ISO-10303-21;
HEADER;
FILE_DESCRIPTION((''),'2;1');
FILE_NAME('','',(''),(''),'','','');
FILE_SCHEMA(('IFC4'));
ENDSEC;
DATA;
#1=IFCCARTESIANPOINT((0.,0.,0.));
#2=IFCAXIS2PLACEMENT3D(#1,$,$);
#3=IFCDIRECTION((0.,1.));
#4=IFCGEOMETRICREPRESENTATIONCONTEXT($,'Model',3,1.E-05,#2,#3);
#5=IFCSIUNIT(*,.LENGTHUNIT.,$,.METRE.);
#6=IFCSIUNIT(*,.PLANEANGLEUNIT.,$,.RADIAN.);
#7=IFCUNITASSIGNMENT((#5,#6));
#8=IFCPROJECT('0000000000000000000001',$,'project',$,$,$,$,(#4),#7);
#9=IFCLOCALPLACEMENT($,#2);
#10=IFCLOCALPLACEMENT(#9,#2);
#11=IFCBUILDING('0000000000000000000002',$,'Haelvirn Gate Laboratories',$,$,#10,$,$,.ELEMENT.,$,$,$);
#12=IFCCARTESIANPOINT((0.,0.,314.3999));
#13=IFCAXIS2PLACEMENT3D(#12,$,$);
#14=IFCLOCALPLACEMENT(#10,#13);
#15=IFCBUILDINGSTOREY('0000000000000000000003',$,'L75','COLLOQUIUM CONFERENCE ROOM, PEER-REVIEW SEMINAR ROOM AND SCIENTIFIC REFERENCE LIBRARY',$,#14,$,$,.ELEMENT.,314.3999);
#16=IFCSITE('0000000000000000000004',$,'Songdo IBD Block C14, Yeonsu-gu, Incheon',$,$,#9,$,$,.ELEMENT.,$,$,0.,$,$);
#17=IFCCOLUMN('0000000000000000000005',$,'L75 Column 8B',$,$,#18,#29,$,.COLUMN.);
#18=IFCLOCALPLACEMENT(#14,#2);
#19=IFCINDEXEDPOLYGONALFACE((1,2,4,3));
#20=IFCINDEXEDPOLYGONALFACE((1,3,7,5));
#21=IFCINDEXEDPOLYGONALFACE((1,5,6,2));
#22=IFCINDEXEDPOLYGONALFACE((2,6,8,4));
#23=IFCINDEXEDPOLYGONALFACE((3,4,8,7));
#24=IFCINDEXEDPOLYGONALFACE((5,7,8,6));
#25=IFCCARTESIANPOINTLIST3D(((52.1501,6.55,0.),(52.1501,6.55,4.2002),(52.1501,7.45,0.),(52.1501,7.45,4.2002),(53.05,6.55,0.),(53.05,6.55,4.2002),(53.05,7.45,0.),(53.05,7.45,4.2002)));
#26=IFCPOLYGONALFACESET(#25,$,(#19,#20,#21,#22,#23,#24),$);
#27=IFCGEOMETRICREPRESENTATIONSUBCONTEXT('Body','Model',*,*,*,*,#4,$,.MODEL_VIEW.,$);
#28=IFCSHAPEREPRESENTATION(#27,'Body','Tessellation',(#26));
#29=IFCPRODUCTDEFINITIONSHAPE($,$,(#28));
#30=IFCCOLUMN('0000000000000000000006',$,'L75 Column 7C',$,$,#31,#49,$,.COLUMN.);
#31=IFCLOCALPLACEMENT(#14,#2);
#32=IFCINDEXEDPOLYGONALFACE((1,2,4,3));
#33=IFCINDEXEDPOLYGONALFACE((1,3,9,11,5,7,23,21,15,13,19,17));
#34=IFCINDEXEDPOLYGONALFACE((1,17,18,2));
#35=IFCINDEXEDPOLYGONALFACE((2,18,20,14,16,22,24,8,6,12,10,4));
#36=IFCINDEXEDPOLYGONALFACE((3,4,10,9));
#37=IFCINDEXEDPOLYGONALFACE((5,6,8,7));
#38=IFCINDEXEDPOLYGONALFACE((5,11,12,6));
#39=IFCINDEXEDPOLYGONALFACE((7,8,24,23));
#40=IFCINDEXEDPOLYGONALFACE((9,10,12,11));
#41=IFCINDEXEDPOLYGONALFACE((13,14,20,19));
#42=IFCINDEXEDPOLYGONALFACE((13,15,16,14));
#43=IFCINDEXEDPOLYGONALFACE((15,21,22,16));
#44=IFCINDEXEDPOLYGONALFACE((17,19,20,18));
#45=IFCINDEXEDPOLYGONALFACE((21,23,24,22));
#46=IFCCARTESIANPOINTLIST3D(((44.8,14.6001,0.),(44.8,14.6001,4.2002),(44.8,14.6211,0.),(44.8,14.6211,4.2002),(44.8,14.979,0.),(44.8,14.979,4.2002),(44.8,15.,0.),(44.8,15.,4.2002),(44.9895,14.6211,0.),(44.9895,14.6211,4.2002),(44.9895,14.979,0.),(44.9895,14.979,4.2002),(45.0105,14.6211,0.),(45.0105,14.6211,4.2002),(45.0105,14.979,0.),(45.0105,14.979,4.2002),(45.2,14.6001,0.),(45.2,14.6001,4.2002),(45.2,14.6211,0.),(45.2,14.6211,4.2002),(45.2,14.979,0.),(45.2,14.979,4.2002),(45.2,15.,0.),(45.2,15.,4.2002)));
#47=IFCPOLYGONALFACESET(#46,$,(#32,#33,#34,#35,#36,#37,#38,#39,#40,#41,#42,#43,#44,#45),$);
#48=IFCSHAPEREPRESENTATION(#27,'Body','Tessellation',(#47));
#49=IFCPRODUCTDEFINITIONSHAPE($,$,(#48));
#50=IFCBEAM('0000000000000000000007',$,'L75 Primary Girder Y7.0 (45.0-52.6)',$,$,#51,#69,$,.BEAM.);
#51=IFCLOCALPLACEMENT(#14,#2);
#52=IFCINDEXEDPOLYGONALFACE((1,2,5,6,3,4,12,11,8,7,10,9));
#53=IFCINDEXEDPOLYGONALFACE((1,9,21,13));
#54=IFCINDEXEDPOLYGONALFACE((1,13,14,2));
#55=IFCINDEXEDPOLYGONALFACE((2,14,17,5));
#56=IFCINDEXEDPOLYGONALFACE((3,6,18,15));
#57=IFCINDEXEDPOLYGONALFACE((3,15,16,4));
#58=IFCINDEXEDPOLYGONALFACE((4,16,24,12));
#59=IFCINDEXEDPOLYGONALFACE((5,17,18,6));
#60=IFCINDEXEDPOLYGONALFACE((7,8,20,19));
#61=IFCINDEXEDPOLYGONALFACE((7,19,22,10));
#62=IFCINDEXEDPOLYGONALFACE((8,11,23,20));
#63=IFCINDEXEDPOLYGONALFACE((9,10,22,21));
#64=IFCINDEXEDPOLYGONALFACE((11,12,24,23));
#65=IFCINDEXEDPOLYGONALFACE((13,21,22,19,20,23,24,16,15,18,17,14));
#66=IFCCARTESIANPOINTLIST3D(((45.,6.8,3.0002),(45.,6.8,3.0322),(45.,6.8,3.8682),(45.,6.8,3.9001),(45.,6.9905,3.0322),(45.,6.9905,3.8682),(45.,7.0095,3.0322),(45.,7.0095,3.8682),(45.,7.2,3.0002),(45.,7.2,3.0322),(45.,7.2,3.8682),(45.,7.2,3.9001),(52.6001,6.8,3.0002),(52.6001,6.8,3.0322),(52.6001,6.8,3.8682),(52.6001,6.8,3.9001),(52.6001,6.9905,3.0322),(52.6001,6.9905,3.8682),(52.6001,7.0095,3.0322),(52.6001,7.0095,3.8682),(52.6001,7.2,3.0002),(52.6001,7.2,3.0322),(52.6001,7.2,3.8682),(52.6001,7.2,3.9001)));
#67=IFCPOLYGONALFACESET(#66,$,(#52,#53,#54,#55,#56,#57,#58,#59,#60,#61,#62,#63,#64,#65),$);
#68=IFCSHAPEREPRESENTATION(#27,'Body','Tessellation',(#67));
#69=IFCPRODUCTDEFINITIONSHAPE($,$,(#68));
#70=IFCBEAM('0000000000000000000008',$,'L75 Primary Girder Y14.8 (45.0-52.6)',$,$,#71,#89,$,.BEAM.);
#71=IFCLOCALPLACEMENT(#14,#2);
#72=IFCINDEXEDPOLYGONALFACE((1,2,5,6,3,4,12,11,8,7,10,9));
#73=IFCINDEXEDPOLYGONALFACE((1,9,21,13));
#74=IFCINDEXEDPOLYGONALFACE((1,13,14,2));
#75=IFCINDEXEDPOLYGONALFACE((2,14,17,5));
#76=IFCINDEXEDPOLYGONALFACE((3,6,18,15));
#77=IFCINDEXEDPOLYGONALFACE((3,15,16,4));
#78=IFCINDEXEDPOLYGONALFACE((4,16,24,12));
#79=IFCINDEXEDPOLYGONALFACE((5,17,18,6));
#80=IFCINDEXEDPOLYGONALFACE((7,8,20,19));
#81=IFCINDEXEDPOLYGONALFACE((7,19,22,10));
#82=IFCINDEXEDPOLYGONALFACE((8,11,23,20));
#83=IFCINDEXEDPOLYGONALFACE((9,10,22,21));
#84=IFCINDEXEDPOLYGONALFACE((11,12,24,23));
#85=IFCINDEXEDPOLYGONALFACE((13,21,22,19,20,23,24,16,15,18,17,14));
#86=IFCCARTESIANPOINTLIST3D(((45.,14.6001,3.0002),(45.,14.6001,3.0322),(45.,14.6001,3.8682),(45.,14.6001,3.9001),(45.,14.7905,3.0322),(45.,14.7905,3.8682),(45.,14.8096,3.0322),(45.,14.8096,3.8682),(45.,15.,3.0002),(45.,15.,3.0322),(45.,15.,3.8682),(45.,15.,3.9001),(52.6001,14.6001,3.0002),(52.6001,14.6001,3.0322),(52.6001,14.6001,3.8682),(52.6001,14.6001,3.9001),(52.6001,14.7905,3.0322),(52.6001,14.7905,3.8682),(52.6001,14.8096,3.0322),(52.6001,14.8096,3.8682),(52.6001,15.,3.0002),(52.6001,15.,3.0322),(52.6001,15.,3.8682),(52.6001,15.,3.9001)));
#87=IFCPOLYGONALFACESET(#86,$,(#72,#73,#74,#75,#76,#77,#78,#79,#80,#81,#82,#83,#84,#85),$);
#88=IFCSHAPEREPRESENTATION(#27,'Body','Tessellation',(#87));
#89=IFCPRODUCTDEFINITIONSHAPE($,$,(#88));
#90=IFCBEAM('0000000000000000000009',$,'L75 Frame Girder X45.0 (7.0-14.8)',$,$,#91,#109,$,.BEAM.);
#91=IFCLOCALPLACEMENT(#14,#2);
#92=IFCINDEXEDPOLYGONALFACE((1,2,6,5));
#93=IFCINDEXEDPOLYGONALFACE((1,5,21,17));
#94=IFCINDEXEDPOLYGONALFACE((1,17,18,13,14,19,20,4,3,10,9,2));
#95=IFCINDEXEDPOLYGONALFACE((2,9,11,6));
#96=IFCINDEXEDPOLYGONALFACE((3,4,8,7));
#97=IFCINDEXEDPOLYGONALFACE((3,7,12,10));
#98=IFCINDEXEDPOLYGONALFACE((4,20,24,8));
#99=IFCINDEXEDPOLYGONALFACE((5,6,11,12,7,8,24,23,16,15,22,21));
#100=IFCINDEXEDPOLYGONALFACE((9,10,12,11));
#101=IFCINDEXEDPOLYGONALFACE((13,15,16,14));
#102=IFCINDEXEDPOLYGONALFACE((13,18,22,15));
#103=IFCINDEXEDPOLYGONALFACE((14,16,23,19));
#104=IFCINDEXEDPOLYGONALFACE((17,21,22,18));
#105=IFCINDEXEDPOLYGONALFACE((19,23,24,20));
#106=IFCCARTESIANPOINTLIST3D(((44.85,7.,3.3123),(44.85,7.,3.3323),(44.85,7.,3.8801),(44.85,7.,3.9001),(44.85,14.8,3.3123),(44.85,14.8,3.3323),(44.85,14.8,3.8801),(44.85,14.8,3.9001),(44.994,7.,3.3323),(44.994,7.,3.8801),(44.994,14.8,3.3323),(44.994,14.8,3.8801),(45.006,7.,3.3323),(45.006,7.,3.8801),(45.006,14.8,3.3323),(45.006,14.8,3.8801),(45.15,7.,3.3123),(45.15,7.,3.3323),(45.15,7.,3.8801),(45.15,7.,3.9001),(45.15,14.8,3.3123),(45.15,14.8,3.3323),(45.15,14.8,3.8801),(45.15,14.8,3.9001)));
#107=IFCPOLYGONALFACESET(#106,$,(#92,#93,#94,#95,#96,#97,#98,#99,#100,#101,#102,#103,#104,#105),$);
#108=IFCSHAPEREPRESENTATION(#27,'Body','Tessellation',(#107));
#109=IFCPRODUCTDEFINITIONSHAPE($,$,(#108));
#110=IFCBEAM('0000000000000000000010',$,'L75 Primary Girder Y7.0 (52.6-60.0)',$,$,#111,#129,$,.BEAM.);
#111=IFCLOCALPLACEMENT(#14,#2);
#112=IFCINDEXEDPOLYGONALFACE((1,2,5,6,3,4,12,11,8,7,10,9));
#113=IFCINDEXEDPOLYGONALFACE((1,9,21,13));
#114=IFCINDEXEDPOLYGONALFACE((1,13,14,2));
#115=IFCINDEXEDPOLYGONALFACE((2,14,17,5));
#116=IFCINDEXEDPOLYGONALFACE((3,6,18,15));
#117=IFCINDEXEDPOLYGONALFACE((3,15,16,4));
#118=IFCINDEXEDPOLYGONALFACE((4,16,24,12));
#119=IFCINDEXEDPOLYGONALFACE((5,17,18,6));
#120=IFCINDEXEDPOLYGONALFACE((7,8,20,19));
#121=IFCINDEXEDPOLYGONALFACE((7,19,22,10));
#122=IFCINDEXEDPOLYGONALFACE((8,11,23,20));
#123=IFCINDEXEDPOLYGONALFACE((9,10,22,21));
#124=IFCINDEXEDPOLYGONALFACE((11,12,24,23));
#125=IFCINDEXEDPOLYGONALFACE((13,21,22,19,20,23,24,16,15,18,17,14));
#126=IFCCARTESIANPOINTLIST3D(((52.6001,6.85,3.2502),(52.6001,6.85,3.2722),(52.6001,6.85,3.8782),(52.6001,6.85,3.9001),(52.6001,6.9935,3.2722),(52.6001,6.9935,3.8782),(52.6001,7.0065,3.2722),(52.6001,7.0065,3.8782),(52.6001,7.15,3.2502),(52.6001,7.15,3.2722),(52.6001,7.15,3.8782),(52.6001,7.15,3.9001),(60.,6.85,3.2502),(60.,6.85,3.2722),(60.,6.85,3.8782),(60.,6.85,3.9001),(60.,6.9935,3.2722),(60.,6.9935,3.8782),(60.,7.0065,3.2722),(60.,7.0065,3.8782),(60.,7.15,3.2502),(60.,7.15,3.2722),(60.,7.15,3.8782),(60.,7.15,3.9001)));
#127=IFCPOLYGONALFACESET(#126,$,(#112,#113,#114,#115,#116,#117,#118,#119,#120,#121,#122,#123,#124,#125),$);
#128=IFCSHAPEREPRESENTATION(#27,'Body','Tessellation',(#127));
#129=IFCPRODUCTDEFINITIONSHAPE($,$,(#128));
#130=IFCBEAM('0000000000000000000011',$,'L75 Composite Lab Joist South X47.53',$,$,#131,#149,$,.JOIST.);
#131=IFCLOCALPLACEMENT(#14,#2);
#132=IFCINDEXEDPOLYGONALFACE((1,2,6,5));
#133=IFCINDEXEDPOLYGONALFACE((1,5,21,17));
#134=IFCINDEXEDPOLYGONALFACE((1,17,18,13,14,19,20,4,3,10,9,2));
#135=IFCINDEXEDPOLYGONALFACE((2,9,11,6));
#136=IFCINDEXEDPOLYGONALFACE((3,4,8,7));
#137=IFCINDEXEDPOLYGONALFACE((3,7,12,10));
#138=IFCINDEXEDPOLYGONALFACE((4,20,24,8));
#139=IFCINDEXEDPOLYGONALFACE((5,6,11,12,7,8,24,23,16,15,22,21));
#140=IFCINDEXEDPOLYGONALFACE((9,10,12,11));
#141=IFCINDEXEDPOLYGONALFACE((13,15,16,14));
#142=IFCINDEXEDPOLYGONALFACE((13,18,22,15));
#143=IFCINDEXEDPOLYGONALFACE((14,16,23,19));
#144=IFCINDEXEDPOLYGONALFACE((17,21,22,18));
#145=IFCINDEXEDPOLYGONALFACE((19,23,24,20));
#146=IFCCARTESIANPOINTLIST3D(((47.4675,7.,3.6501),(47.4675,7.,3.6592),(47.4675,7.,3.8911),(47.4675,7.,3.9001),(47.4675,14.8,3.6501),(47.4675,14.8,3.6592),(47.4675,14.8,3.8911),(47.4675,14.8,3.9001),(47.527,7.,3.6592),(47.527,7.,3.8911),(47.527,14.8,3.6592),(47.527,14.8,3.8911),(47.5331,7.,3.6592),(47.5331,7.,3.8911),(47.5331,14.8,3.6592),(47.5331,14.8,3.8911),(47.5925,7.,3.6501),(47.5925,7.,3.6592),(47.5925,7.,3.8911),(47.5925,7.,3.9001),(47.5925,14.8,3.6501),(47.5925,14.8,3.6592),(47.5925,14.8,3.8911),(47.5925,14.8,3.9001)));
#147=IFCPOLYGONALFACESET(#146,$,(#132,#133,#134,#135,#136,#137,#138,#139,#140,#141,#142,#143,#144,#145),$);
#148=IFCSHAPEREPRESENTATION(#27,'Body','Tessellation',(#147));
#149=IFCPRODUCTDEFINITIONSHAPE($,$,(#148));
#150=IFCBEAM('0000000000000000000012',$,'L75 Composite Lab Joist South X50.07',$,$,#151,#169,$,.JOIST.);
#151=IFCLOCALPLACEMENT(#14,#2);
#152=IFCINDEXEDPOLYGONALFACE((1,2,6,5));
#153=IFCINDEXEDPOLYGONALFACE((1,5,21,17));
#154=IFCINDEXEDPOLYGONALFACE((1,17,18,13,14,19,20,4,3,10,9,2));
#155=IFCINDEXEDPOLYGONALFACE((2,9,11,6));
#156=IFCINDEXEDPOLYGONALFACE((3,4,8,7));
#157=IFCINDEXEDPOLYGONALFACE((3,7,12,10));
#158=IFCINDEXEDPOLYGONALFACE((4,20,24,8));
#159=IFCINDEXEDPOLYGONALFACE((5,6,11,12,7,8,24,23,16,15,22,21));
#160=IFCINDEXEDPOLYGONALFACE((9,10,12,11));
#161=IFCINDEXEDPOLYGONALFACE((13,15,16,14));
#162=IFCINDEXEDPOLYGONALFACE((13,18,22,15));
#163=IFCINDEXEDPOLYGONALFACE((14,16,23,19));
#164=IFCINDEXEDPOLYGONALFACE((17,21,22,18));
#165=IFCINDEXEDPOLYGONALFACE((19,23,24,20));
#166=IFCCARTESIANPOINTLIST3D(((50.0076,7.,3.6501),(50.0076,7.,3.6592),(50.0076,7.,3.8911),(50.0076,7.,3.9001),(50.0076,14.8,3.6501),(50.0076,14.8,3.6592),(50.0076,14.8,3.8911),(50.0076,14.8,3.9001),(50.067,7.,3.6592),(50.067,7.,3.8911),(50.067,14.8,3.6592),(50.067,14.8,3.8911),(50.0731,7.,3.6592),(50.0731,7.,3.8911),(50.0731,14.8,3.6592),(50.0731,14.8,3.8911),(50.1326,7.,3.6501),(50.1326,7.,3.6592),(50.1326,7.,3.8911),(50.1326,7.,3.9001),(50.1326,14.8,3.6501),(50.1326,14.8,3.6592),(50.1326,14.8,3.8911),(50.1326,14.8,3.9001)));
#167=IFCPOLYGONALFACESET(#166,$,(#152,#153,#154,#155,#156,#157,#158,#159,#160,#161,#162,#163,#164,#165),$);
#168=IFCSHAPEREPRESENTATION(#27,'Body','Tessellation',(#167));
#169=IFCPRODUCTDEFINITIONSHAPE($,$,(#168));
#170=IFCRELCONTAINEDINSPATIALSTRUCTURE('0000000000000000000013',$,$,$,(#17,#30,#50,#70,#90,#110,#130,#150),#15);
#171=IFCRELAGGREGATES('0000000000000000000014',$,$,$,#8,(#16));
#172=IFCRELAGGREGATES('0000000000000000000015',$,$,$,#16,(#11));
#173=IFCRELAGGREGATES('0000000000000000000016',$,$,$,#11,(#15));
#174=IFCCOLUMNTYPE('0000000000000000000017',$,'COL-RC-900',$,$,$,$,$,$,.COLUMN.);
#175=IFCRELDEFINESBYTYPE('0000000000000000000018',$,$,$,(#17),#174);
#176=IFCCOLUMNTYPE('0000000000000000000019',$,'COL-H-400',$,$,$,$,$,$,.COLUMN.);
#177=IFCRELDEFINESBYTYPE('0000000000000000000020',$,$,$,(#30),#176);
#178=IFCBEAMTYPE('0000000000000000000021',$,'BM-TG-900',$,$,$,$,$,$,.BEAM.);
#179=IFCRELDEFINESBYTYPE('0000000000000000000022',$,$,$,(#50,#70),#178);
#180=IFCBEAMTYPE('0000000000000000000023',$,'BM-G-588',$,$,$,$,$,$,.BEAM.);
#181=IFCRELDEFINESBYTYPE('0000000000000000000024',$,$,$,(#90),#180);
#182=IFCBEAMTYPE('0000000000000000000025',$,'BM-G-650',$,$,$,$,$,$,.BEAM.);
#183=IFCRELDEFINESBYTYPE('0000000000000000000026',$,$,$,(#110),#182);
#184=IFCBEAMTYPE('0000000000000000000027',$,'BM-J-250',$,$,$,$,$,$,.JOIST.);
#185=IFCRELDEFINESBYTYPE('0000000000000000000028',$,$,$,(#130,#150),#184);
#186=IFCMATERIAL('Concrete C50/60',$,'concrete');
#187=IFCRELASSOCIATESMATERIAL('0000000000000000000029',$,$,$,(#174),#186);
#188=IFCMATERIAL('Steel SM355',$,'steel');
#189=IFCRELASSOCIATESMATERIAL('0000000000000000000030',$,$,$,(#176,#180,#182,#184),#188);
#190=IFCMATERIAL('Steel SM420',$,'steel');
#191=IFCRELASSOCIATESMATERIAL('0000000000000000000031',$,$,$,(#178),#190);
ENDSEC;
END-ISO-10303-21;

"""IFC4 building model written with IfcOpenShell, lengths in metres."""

from ifc_helpers import new_model, si_unit, direction, frame, origin, origin_2d, place, context, subcontext, project, spatial, rectangle, i_section, extrude, source, transform, mapped, material, material_profile, profile_set, type_object, type_shapes, element, save


model = new_model("IFC4")

# Units and contexts
model_context = context("Model", 3, precision=1e-05, world=origin(), true_north=direction((0.0, 1.0)))
body_context = subcontext(model_context, "Body", "Model", "MODEL_VIEW")
ifc_project = project(units=[si_unit("LENGTHUNIT", "METRE"), si_unit("PLANEANGLEUNIT", "RADIAN")], contexts=[model_context])

# Site, building, storey
site_placement = place(None, origin())
site = spatial("IfcSite", under=ifc_project, at=site_placement, Name="Songdo IBD Block C14, Yeonsu-gu, Incheon", CompositionType="ELEMENT", RefElevation=0.0)
building_placement = place(site_placement, origin())
building = spatial("IfcBuilding", under=site, at=building_placement, Name="Haelvirn Gate Laboratories", CompositionType="ELEMENT")
storey_placement = place(building_placement, frame((0.0, 0.0, 314.3999)))
storey = spatial("IfcBuildingStorey", under=building, at=storey_placement, Name="L75", Description="COLLOQUIUM CONFERENCE ROOM, PEER-REVIEW SEMINAR ROOM AND SCIENTIFIC REFERENCE LIBRARY", CompositionType="ELEMENT", Elevation=314.3999)

# Columns
ifc_material_1 = material(Name="Concrete C50/60", Category="concrete")
ifc_material_profile_1 = material_profile(ifc_material_1, rectangle(XDim=0.8999, YDim=0.8999, at=origin_2d()), Name="RC-900x900")
ifc_profile_set_1 = profile_set([ifc_material_profile_1], Name="Concrete C50/60")
column_type_1 = type_object("IfcColumnType", Name="COL-RC-900", PredefinedType="COLUMN", material=ifc_profile_set_1)
shared_shape_1 = source(origin(), body_context, "Body", "SweptSolid", [
    extrude(rectangle(XDim=0.8999, YDim=0.8999, at=origin_2d()), origin(), (0.0, 0.0, 1.0), 4.2002),
])
type_shapes(column_type_1, [shared_shape_1])
column_1_placement = place(storey_placement, frame((52.6001, 7.0, 0.0), z_axis=(0.0, 0.0, 1.0), x_axis=(1.0, 0.0, 0.0)))
element("IfcColumn", 1, at=column_1_placement, inside=storey, type_object=column_type_1, Name="L75 Column 8B", PredefinedType="COLUMN", context=body_context, shape_type="MappedRepresentation", body=[
    mapped(shared_shape_1, transform((0.0, 0.0, 0.0), scale=1.0)),
])
ifc_material_2 = material(Name="Steel SM355", Category="steel")
ifc_material_profile_2 = material_profile(ifc_material_2, i_section(OverallWidth=0.3999, OverallDepth=0.3999, WebThickness=0.021, FlangeThickness=0.021, at=origin_2d()), Name="H-400x400x21x21")
ifc_profile_set_2 = profile_set([ifc_material_profile_2], Name="Steel SM355")
column_type_2 = type_object("IfcColumnType", Name="COL-H-400", PredefinedType="COLUMN", material=ifc_profile_set_2)
shared_shape_2 = source(origin(), body_context, "Body", "SweptSolid", [
    extrude(i_section(OverallWidth=0.3999, OverallDepth=0.3999, WebThickness=0.021, FlangeThickness=0.021, at=origin_2d()), origin(), (0.0, 0.0, 1.0), 4.2002),
])
type_shapes(column_type_2, [shared_shape_2])
column_2_placement = place(storey_placement, frame((45.0, 14.8, 0.0), z_axis=(0.0, 0.0, 1.0), x_axis=(1.0, 0.0, 0.0)))
element("IfcColumn", 2, at=column_2_placement, inside=storey, type_object=column_type_2, Name="L75 Column 7C", PredefinedType="COLUMN", context=body_context, shape_type="MappedRepresentation", body=[
    mapped(shared_shape_2, transform((0.0, 0.0, 0.0), scale=1.0)),
])

# Beams
ifc_material_3 = material(Name="Steel SM420", Category="steel")
ifc_material_profile_3 = material_profile(ifc_material_3, i_section(OverallWidth=0.3999, OverallDepth=0.8999, WebThickness=0.019, FlangeThickness=0.032, at=origin_2d()), Name="H-900x400x19x32")
ifc_profile_set_3 = profile_set([ifc_material_profile_3], Name="Steel SM420")
beam_type_1 = type_object("IfcBeamType", Name="BM-TG-900", PredefinedType="BEAM", material=ifc_profile_set_3)
shared_shape_3 = source(origin(), body_context, "Body", "SweptSolid", [
    extrude(i_section(OverallWidth=0.3999, OverallDepth=0.8999, WebThickness=0.019, FlangeThickness=0.032, at=origin_2d()), origin(), (0.0, 0.0, 1.0), 7.6001),
])
type_shapes(beam_type_1, [shared_shape_3])
for number, where, z_axis, x_axis, name in (
    (3, (45.0, 7.0, 3.4502), (1.0, 0.0, 0.0), (0.0, 1.0, 0.0), "L75 Primary Girder Y7.0 (45.0-52.6)"),
    (4, (45.0, 14.8, 3.4502), (1.0, 0.0, 0.0), (0.0, 1.0, 0.0), "L75 Primary Girder Y14.8 (45.0-52.6)"),
):
    element("IfcBeam", number, at=place(storey_placement, frame(where, z_axis=z_axis, x_axis=x_axis)), inside=storey, type_object=beam_type_1, Name=name, PredefinedType="BEAM", context=body_context, shape_type="MappedRepresentation", body=[
        mapped(shared_shape_3, transform((0.0, 0.0, 0.0), scale=1.0)),
    ])
ifc_material_profile_4 = material_profile(ifc_material_2, i_section(OverallWidth=0.3, OverallDepth=0.5879, WebThickness=0.012, FlangeThickness=0.02, at=origin_2d()), Name="H-588x300x12x20")
ifc_profile_set_4 = profile_set([ifc_material_profile_4], Name="Steel SM355")
beam_type_2 = type_object("IfcBeamType", Name="BM-G-588", PredefinedType="BEAM", material=ifc_profile_set_4)
shared_shape_4 = source(origin(), body_context, "Body", "SweptSolid", [
    extrude(i_section(OverallWidth=0.3, OverallDepth=0.5879, WebThickness=0.012, FlangeThickness=0.02, at=origin_2d()), origin(), (0.0, 0.0, 1.0), 7.8),
])
type_shapes(beam_type_2, [shared_shape_4])
beam_1_placement = place(storey_placement, frame((45.0, 7.0, 3.6062), z_axis=(0.0, 1.0, 0.0), x_axis=(-1.0, 0.0, 0.0)))
element("IfcBeam", 5, at=beam_1_placement, inside=storey, type_object=beam_type_2, Name="L75 Frame Girder X45.0 (7.0-14.8)", PredefinedType="BEAM", context=body_context, shape_type="MappedRepresentation", body=[
    mapped(shared_shape_4, transform((0.0, 0.0, 0.0), scale=1.0)),
])
ifc_material_profile_5 = material_profile(ifc_material_2, i_section(OverallWidth=0.3, OverallDepth=0.6499, WebThickness=0.0129, FlangeThickness=0.022, at=origin_2d()), Name="H-650x300x13x22")
ifc_profile_set_5 = profile_set([ifc_material_profile_5], Name="Steel SM355")
beam_type_3 = type_object("IfcBeamType", Name="BM-G-650", PredefinedType="BEAM", material=ifc_profile_set_5)
shared_shape_5 = source(origin(), body_context, "Body", "SweptSolid", [
    extrude(i_section(OverallWidth=0.3, OverallDepth=0.6499, WebThickness=0.0129, FlangeThickness=0.022, at=origin_2d()), origin(), (0.0, 0.0, 1.0), 7.3999),
])
type_shapes(beam_type_3, [shared_shape_5])
beam_2_placement = place(storey_placement, frame((52.6001, 7.0, 3.5752), z_axis=(1.0, 0.0, 0.0), x_axis=(0.0, 1.0, 0.0)))
element("IfcBeam", 6, at=beam_2_placement, inside=storey, type_object=beam_type_3, Name="L75 Primary Girder Y7.0 (52.6-60.0)", PredefinedType="BEAM", context=body_context, shape_type="MappedRepresentation", body=[
    mapped(shared_shape_5, transform((0.0, 0.0, 0.0), scale=1.0)),
])
ifc_material_profile_6 = material_profile(ifc_material_2, i_section(OverallWidth=0.125, OverallDepth=0.25, WebThickness=0.0061, FlangeThickness=0.009, at=origin_2d()), Name="H-250x125x6x9")
ifc_profile_set_6 = profile_set([ifc_material_profile_6], Name="Steel SM355")
beam_type_4 = type_object("IfcBeamType", Name="BM-J-250", PredefinedType="JOIST", material=ifc_profile_set_6)
shared_shape_6 = source(origin(), body_context, "Body", "SweptSolid", [
    extrude(i_section(OverallWidth=0.125, OverallDepth=0.25, WebThickness=0.0061, FlangeThickness=0.009, at=origin_2d()), origin(), (0.0, 0.0, 1.0), 7.8),
])
type_shapes(beam_type_4, [shared_shape_6])
for number, where, z_axis, x_axis, name in (
    (7, (47.53, 7.0, 3.7751), (0.0, 1.0, 0.0), (-1.0, 0.0, 0.0), "L75 Composite Lab Joist South X47.53"),
    (8, (50.0701, 7.0, 3.7751), (0.0, 1.0, 0.0), (-1.0, 0.0, 0.0), "L75 Composite Lab Joist South X50.07"),
):
    element("IfcBeam", number, at=place(storey_placement, frame(where, z_axis=z_axis, x_axis=x_axis)), inside=storey, type_object=beam_type_4, Name=name, PredefinedType="JOIST", context=body_context, shape_type="MappedRepresentation", body=[
        mapped(shared_shape_6, transform((0.0, 0.0, 0.0), scale=1.0)),
    ])

save(model, "model.ifc")
